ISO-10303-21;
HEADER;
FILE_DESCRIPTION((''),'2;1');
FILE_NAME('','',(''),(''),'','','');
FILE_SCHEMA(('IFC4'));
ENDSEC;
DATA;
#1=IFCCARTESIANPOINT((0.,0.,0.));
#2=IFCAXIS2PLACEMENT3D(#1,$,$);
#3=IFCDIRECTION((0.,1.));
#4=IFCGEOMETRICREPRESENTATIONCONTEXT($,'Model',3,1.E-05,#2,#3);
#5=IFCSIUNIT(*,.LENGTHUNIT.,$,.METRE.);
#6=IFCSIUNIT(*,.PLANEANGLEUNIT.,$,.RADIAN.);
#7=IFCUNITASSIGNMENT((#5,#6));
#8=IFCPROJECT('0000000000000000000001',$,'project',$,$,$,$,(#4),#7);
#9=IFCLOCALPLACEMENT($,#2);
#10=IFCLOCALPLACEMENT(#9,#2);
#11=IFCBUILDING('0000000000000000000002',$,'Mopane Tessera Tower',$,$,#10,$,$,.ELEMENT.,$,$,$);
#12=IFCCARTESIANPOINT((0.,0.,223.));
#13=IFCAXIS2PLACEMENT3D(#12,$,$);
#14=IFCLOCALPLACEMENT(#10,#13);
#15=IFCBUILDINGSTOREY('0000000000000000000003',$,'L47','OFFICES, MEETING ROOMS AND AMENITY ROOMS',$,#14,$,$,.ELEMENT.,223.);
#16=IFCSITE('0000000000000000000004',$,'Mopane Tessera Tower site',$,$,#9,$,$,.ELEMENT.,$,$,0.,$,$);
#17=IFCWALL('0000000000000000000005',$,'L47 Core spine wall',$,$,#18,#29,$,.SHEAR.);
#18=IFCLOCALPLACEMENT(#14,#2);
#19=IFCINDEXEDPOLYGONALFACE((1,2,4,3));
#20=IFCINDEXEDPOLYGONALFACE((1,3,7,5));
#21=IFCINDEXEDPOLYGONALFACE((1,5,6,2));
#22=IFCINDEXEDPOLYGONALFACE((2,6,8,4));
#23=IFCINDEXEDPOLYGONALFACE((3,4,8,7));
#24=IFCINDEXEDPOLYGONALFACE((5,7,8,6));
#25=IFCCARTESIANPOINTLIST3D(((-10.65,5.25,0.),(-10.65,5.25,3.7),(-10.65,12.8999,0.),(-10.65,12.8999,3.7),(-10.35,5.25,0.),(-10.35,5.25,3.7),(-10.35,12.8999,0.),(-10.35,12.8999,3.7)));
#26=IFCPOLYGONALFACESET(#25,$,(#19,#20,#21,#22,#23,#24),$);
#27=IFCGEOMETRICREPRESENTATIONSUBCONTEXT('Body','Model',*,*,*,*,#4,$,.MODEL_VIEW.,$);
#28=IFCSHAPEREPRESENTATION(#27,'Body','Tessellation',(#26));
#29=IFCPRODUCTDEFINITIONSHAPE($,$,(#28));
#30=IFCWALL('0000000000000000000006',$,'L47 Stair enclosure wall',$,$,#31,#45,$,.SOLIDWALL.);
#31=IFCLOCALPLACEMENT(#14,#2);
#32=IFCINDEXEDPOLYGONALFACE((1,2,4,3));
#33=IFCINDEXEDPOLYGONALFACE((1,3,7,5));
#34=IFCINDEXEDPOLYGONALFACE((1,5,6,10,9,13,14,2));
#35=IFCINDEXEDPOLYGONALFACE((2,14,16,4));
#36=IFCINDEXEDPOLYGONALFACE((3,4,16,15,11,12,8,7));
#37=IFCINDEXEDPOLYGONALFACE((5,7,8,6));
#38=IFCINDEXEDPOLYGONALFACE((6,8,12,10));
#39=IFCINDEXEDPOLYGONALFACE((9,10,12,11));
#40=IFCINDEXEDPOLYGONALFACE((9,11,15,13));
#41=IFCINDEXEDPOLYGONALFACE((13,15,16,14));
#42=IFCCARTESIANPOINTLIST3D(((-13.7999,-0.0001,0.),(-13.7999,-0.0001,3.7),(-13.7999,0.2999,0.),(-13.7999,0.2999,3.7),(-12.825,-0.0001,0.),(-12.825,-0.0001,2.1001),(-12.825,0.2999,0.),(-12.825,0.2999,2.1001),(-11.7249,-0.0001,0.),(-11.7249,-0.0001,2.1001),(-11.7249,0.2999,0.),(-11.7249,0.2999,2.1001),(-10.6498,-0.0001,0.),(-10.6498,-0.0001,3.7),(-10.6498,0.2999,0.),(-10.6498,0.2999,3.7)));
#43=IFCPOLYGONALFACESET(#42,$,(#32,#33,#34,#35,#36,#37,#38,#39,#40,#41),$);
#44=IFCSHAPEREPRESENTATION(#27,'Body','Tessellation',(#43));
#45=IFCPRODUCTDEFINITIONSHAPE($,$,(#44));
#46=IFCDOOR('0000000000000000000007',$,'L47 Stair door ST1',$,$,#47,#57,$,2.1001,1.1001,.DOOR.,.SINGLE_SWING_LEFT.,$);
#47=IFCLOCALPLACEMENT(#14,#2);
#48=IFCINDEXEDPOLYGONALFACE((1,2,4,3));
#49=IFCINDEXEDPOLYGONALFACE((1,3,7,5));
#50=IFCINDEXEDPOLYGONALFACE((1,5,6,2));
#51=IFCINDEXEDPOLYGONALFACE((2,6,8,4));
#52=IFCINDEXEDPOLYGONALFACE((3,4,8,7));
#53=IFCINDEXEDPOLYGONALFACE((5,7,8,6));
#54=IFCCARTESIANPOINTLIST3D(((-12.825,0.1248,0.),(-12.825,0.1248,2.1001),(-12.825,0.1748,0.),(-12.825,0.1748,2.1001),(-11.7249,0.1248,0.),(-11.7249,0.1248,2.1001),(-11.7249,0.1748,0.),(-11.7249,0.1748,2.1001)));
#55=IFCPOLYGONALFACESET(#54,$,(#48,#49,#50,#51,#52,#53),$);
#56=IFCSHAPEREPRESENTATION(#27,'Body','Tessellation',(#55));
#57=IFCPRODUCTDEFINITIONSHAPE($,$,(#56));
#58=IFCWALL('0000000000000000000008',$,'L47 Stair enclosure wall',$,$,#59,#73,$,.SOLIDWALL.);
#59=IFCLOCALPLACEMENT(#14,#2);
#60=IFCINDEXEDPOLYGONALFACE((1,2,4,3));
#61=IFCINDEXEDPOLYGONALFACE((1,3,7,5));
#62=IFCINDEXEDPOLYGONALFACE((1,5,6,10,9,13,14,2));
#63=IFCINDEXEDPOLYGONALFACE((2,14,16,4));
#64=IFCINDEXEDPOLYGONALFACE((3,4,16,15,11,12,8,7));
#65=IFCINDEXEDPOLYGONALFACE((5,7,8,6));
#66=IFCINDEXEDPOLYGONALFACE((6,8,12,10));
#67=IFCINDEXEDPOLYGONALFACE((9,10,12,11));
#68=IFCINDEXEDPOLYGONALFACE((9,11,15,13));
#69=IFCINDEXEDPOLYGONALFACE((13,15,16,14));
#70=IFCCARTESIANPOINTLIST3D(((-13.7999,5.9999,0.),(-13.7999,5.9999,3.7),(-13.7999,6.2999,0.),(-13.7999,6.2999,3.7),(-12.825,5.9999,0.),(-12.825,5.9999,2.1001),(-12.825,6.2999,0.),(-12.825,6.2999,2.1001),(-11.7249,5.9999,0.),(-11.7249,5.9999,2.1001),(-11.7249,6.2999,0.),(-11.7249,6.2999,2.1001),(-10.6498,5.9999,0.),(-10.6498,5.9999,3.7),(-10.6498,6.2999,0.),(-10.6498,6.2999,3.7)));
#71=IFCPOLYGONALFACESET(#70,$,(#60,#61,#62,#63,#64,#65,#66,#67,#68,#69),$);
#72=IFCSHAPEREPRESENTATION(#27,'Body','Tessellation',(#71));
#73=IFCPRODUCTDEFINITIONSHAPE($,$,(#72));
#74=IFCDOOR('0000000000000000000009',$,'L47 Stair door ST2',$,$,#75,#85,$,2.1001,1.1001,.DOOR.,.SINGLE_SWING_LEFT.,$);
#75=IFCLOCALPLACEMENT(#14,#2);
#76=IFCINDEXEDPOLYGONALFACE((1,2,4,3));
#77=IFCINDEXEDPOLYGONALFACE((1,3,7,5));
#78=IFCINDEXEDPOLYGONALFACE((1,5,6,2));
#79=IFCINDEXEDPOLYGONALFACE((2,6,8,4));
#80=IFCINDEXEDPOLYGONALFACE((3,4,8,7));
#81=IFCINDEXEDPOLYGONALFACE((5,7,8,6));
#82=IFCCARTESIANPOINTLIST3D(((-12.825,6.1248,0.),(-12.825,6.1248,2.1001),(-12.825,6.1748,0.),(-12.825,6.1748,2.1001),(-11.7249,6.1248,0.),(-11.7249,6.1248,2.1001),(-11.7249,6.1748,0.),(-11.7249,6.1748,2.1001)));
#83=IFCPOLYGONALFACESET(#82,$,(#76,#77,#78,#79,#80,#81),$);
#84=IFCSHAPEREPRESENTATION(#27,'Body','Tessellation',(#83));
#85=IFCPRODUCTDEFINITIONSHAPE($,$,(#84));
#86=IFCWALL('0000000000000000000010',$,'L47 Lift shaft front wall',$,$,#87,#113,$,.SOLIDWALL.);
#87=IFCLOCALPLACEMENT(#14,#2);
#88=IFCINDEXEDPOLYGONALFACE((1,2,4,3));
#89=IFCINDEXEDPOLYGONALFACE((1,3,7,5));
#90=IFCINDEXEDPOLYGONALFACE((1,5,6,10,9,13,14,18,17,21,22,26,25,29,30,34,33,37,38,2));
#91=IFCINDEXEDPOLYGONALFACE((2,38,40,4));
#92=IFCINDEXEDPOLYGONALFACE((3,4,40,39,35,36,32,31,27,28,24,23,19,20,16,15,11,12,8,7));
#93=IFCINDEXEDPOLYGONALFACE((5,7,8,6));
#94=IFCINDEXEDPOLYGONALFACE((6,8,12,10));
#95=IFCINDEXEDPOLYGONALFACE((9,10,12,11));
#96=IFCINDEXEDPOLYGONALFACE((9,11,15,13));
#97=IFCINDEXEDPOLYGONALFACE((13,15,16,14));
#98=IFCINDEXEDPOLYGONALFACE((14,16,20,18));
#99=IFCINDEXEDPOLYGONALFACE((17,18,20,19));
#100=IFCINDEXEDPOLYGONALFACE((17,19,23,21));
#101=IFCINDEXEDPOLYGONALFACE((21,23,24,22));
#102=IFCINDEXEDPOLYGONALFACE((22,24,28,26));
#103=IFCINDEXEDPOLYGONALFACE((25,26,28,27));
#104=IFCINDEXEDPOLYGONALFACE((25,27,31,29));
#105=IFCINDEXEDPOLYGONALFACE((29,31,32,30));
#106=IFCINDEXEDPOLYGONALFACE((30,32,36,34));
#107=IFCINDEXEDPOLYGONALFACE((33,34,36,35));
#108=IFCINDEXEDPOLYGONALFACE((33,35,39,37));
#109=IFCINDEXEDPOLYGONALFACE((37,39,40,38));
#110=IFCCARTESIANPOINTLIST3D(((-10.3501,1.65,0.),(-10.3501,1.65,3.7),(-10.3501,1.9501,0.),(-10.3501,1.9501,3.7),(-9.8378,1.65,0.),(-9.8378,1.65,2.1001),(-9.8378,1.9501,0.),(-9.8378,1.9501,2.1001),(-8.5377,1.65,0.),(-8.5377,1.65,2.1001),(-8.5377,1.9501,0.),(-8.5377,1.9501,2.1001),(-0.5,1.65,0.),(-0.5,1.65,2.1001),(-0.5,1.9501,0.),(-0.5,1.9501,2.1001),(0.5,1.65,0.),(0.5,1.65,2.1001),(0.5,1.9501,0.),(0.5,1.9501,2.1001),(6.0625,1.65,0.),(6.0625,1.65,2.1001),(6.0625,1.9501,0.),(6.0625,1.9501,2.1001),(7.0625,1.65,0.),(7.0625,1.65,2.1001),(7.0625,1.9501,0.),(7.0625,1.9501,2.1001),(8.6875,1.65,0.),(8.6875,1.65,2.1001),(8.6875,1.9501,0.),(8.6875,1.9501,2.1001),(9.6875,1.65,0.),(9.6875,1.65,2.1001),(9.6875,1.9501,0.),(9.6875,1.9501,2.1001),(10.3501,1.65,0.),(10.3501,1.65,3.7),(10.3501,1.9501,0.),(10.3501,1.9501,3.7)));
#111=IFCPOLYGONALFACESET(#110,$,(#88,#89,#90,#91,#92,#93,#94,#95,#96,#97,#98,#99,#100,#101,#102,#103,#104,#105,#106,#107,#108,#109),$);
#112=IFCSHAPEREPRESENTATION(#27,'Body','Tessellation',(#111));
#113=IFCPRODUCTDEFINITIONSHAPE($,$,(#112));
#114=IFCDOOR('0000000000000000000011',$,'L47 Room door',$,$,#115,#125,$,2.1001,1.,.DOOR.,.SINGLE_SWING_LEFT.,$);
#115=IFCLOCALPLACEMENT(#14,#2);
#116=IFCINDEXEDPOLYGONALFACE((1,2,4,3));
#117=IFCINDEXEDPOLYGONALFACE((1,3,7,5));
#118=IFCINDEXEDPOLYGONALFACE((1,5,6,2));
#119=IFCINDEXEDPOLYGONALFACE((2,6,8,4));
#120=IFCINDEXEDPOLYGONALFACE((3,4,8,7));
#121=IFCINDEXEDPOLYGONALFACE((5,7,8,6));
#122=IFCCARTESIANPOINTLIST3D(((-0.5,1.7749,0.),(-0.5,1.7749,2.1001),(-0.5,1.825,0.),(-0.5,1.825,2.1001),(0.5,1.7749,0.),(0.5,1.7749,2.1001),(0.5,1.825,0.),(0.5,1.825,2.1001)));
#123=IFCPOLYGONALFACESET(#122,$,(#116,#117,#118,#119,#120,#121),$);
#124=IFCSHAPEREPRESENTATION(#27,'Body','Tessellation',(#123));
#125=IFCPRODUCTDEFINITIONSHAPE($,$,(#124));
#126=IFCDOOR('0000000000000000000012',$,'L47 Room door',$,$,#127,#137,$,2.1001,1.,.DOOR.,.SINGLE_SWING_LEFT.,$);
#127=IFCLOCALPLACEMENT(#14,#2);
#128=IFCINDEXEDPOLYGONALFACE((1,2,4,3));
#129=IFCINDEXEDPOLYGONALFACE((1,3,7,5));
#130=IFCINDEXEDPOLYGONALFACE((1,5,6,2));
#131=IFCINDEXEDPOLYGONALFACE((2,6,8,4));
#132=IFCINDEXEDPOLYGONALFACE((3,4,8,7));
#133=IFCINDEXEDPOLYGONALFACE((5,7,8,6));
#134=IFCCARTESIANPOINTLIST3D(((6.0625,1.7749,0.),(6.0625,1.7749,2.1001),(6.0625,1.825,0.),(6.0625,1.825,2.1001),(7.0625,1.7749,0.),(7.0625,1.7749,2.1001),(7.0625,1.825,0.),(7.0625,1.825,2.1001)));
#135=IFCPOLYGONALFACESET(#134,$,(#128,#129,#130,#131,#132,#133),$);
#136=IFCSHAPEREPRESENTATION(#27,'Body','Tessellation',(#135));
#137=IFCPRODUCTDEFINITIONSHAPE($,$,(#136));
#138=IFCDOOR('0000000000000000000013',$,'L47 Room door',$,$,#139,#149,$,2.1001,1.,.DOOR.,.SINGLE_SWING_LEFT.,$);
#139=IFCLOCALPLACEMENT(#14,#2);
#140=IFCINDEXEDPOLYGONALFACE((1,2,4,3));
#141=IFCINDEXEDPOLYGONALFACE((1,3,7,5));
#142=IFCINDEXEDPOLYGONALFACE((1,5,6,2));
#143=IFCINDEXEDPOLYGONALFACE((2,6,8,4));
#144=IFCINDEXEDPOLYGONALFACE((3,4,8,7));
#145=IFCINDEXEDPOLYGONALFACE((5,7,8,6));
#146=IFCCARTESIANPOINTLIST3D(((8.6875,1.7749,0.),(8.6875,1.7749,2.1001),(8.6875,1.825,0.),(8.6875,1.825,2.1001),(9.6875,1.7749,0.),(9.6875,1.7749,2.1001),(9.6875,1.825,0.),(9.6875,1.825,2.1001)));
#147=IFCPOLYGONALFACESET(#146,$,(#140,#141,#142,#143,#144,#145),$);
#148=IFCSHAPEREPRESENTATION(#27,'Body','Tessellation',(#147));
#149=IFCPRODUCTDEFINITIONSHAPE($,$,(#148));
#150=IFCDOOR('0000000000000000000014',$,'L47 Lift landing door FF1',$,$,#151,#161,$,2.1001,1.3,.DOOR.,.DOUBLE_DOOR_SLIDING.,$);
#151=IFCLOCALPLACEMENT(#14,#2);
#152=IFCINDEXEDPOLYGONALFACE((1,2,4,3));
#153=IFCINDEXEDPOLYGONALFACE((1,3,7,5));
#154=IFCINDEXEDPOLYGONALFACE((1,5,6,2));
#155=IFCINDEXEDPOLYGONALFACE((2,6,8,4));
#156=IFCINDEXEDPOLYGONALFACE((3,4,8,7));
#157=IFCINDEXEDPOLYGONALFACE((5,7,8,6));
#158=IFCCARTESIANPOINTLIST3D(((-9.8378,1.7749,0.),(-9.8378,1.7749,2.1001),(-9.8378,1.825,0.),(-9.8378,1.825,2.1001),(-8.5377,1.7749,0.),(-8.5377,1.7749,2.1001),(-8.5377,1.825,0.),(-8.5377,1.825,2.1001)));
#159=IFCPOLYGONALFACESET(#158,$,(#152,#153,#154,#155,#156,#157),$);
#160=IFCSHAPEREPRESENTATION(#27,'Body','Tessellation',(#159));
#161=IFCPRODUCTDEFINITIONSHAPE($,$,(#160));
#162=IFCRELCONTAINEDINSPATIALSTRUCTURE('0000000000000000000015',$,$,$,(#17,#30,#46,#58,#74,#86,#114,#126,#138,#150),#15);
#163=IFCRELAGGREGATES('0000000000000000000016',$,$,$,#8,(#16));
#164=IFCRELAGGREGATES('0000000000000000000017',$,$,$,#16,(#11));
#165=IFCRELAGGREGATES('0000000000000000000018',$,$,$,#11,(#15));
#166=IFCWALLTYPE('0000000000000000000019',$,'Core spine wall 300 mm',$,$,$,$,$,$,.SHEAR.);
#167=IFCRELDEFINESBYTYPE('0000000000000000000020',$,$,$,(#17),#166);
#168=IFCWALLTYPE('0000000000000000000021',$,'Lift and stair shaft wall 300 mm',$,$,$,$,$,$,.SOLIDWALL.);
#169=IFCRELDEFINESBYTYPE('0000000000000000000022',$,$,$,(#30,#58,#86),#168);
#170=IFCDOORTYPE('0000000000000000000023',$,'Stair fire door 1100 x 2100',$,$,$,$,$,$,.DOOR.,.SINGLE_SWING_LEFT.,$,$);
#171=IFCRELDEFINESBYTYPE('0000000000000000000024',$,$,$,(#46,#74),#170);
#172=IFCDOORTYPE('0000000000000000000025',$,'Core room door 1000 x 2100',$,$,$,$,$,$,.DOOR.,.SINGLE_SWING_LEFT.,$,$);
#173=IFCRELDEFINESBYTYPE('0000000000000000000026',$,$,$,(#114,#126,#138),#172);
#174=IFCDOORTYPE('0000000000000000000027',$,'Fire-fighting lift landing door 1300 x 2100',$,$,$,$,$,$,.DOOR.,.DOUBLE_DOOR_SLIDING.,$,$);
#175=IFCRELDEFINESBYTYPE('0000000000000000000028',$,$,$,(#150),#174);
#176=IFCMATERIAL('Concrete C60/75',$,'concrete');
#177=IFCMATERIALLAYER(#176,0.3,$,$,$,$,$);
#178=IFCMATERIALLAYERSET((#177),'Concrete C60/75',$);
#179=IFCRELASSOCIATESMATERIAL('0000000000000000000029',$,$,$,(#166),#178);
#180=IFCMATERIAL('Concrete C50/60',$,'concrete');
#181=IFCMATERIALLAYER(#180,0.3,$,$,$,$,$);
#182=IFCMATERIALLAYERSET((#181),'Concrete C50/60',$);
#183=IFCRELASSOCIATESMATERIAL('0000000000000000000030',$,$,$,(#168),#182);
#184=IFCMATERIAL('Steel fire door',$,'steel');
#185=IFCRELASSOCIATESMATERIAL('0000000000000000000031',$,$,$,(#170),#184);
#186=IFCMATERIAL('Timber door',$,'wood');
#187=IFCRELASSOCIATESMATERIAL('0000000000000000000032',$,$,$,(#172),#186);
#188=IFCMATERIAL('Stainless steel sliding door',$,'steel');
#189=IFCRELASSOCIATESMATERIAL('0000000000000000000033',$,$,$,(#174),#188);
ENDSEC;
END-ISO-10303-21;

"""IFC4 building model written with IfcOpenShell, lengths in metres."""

from ifc_helpers import new_model, si_unit, direction, frame, frame_2d, origin, place, context, subcontext, project, spatial, rectangle, extrude, material, layer, layer_set, type_object, element, fill, save


model = new_model("IFC4")

# Units and contexts
model_context = context("Model", 3, precision=1e-05, world=origin(), true_north=direction((0.0, 1.0)))
body_context = subcontext(model_context, "Body", "Model", "MODEL_VIEW")
ifc_project = project(units=[si_unit("LENGTHUNIT", "METRE"), si_unit("PLANEANGLEUNIT", "RADIAN")], contexts=[model_context])

# Site, building, storey
site_placement = place(None, origin())
site = spatial("IfcSite", under=ifc_project, at=site_placement, Name="Mopane Tessera Tower site", CompositionType="ELEMENT", RefElevation=0.0)
building_placement = place(site_placement, origin())
building = spatial("IfcBuilding", under=site, at=building_placement, Name="Mopane Tessera Tower", CompositionType="ELEMENT")
storey_placement = place(building_placement, frame((0.0, 0.0, 223.0)))
storey = spatial("IfcBuildingStorey", under=building, at=storey_placement, Name="L47", Description="OFFICES, MEETING ROOMS AND AMENITY ROOMS", CompositionType="ELEMENT", Elevation=223.0)

# Wall
ifc_material_1 = material(Name="Concrete C60/75", Category="concrete")
ifc_layer_1 = layer(ifc_material_1, 0.3)
ifc_layer_set_1 = layer_set([ifc_layer_1], Name="Concrete C60/75")
wall_type_1 = type_object("IfcWallType", Name="Core spine wall 300 mm", PredefinedType="SHEAR", material=ifc_layer_set_1)
wall_1_placement = place(storey_placement, frame((-10.5, 5.25, 0.0), z_axis=(0.0, 0.0, 1.0), x_axis=(0.0, 1.0, 0.0)))
element("IfcWall", 1, at=wall_1_placement, inside=storey, type_object=wall_type_1, Name="L47 Core spine wall", PredefinedType="SHEAR", context=body_context, shape_type="SweptSolid", body=[
    extrude(rectangle(XDim=7.6499, YDim=0.3, at=frame_2d((3.825, 0.0))), origin(), (0.0, 0.0, 1.0), 3.7),
])

# Walls, openings, doors
ifc_material_2 = material(Name="Concrete C50/60", Category="concrete")
ifc_layer_2 = layer(ifc_material_2, 0.3)
ifc_layer_set_2 = layer_set([ifc_layer_2], Name="Concrete C50/60")
wall_type_2 = type_object("IfcWallType", Name="Lift and stair shaft wall 300 mm", PredefinedType="SOLIDWALL", material=ifc_layer_set_2)
wall_2_placement = place(storey_placement, frame((-13.8, 0.1499, 0.0), z_axis=(0.0, 0.0, 1.0), x_axis=(1.0, 0.0, 0.0)))
wall_2 = element("IfcWall", 2, at=wall_2_placement, inside=storey, type_object=wall_type_2, Name="L47 Stair enclosure wall", PredefinedType="SOLIDWALL", context=body_context, shape_type="SweptSolid", body=[
    extrude(rectangle(XDim=3.1501, YDim=0.3, at=frame_2d((1.5752, 0.0))), origin(), (0.0, 0.0, 1.0), 3.7),
])
opening_1_placement = place(wall_2_placement, frame((0.9751, 0.0, 0.0)))
opening_1 = element("IfcOpeningElement", 3, at=opening_1_placement, cuts=wall_2, PredefinedType="OPENING", context=body_context, shape_type="SweptSolid", body=[
    extrude(rectangle(XDim=1.1001, YDim=2.1001, at=frame_2d((0.55, 1.05))), frame((0.0, 0.1621, 0.0), z_axis=(0.0, -1.0, 0.0), x_axis=(1.0, 0.0, 0.0)), (0.0, 0.0, 1.0), 0.324),
])
ifc_material_3 = material(Name="Steel fire door", Category="steel")
door_type_1 = type_object("IfcDoorType", Name="Stair fire door 1100 x 2100", OperationType="SINGLE_SWING_LEFT", PredefinedType="DOOR", material=ifc_material_3)
door_1_placement = place(opening_1_placement, origin())
door_1 = element("IfcDoor", 4, at=door_1_placement, inside=storey, type_object=door_type_1, Name="L47 Stair door ST1", OperationType="SINGLE_SWING_LEFT", OverallHeight=2.1001, OverallWidth=1.1001, PredefinedType="DOOR", context=body_context, shape_type="SweptSolid", body=[
    extrude(rectangle(XDim=1.1001, YDim=2.1001, at=frame_2d((0.55, 1.05))), frame((0.0, 0.0249, 0.0), z_axis=(0.0, -1.0, 0.0), x_axis=(1.0, 0.0, 0.0)), (0.0, 0.0, 1.0), 0.05),
])
fill(opening_1, door_1)
wall_3_placement = place(storey_placement, frame((-13.8, 6.1499, 0.0), z_axis=(0.0, 0.0, 1.0), x_axis=(1.0, 0.0, 0.0)))
wall_3 = element("IfcWall", 5, at=wall_3_placement, inside=storey, type_object=wall_type_2, Name="L47 Stair enclosure wall", PredefinedType="SOLIDWALL", context=body_context, shape_type="SweptSolid", body=[
    extrude(rectangle(XDim=3.1501, YDim=0.3, at=frame_2d((1.5752, 0.0))), origin(), (0.0, 0.0, 1.0), 3.7),
])
opening_2_placement = place(wall_3_placement, frame((0.9751, 0.0, 0.0)))
opening_2 = element("IfcOpeningElement", 6, at=opening_2_placement, cuts=wall_3, PredefinedType="OPENING", context=body_context, shape_type="SweptSolid", body=[
    extrude(rectangle(XDim=1.1001, YDim=2.1001, at=frame_2d((0.55, 1.05))), frame((0.0, 0.1621, 0.0), z_axis=(0.0, -1.0, 0.0), x_axis=(1.0, 0.0, 0.0)), (0.0, 0.0, 1.0), 0.324),
])
door_2_placement = place(opening_2_placement, origin())
door_2 = element("IfcDoor", 7, at=door_2_placement, inside=storey, type_object=door_type_1, Name="L47 Stair door ST2", OperationType="SINGLE_SWING_LEFT", OverallHeight=2.1001, OverallWidth=1.1001, PredefinedType="DOOR", context=body_context, shape_type="SweptSolid", body=[
    extrude(rectangle(XDim=1.1001, YDim=2.1001, at=frame_2d((0.55, 1.05))), frame((0.0, 0.0249, 0.0), z_axis=(0.0, -1.0, 0.0), x_axis=(1.0, 0.0, 0.0)), (0.0, 0.0, 1.0), 0.05),
])
fill(opening_2, door_2)

# Wall, openings, doors
wall_4_placement = place(storey_placement, frame((-10.3501, 1.8, 0.0), z_axis=(0.0, 0.0, 1.0), x_axis=(1.0, 0.0, 0.0)))
wall_4 = element("IfcWall", 8, at=wall_4_placement, inside=storey, type_object=wall_type_2, Name="L47 Lift shaft front wall", PredefinedType="SOLIDWALL", context=body_context, shape_type="SweptSolid", body=[
    extrude(rectangle(XDim=20.7002, YDim=0.3, at=frame_2d((10.3501, 0.0))), origin(), (0.0, 0.0, 1.0), 3.7),
])
opening_3_placement = place(wall_4_placement, frame((0.5125, 0.0, 0.0)))
opening_3 = element("IfcOpeningElement", 9, at=opening_3_placement, cuts=wall_4, PredefinedType="OPENING", context=body_context, shape_type="SweptSolid", body=[
    extrude(rectangle(XDim=1.3, YDim=2.1001, at=frame_2d((0.6499, 1.05))), frame((0.0, 0.1621, 0.0), z_axis=(0.0, -1.0, 0.0), x_axis=(1.0, 0.0, 0.0)), (0.0, 0.0, 1.0), 0.324),
])
opening_4_placement = place(wall_4_placement, frame((9.8501, 0.0, 0.0)))
opening_4 = element("IfcOpeningElement", 10, at=opening_4_placement, cuts=wall_4, PredefinedType="OPENING", context=body_context, shape_type="SweptSolid", body=[
    extrude(rectangle(XDim=1.0, YDim=2.1001, at=frame_2d((0.5, 1.05))), frame((0.0, 0.1621, 0.0), z_axis=(0.0, -1.0, 0.0), x_axis=(1.0, 0.0, 0.0)), (0.0, 0.0, 1.0), 0.324),
])
opening_5_placement = place(wall_4_placement, frame((16.4126, 0.0, 0.0)))
opening_5 = element("IfcOpeningElement", 11, at=opening_5_placement, cuts=wall_4, PredefinedType="OPENING", context=body_context, shape_type="SweptSolid", body=[
    extrude(rectangle(XDim=1.0, YDim=2.1001, at=frame_2d((0.5, 1.05))), frame((0.0, 0.1621, 0.0), z_axis=(0.0, -1.0, 0.0), x_axis=(1.0, 0.0, 0.0)), (0.0, 0.0, 1.0), 0.324),
])
opening_6_placement = place(wall_4_placement, frame((19.0376, 0.0, 0.0)))
opening_6 = element("IfcOpeningElement", 12, at=opening_6_placement, cuts=wall_4, PredefinedType="OPENING", context=body_context, shape_type="SweptSolid", body=[
    extrude(rectangle(XDim=1.0, YDim=2.1001, at=frame_2d((0.5, 1.05))), frame((0.0, 0.1621, 0.0), z_axis=(0.0, -1.0, 0.0), x_axis=(1.0, 0.0, 0.0)), (0.0, 0.0, 1.0), 0.324),
])
ifc_material_4 = material(Name="Timber door", Category="wood")
door_type_2 = type_object("IfcDoorType", Name="Core room door 1000 x 2100", OperationType="SINGLE_SWING_LEFT", PredefinedType="DOOR", material=ifc_material_4)
door_3_placement = place(opening_4_placement, origin())
door_3 = element("IfcDoor", 13, at=door_3_placement, inside=storey, type_object=door_type_2, Name="L47 Room door", OperationType="SINGLE_SWING_LEFT", OverallHeight=2.1001, OverallWidth=1.0, PredefinedType="DOOR", context=body_context, shape_type="SweptSolid", body=[
    extrude(rectangle(XDim=1.0, YDim=2.1001, at=frame_2d((0.5, 1.05))), frame((0.0, 0.0249, 0.0), z_axis=(0.0, -1.0, 0.0), x_axis=(1.0, 0.0, 0.0)), (0.0, 0.0, 1.0), 0.05),
])
fill(opening_4, door_3)
door_4_placement = place(opening_5_placement, origin())
door_4 = element("IfcDoor", 14, at=door_4_placement, inside=storey, type_object=door_type_2, Name="L47 Room door", OperationType="SINGLE_SWING_LEFT", OverallHeight=2.1001, OverallWidth=1.0, PredefinedType="DOOR", context=body_context, shape_type="SweptSolid", body=[
    extrude(rectangle(XDim=1.0, YDim=2.1001, at=frame_2d((0.5, 1.05))), frame((0.0, 0.0249, 0.0), z_axis=(0.0, -1.0, 0.0), x_axis=(1.0, 0.0, 0.0)), (0.0, 0.0, 1.0), 0.05),
])
fill(opening_5, door_4)
door_5_placement = place(opening_6_placement, origin())
door_5 = element("IfcDoor", 15, at=door_5_placement, inside=storey, type_object=door_type_2, Name="L47 Room door", OperationType="SINGLE_SWING_LEFT", OverallHeight=2.1001, OverallWidth=1.0, PredefinedType="DOOR", context=body_context, shape_type="SweptSolid", body=[
    extrude(rectangle(XDim=1.0, YDim=2.1001, at=frame_2d((0.5, 1.05))), frame((0.0, 0.0249, 0.0), z_axis=(0.0, -1.0, 0.0), x_axis=(1.0, 0.0, 0.0)), (0.0, 0.0, 1.0), 0.05),
])
fill(opening_6, door_5)
ifc_material_5 = material(Name="Stainless steel sliding door", Category="steel")
door_type_3 = type_object("IfcDoorType", Name="Fire-fighting lift landing door 1300 x 2100", OperationType="DOUBLE_DOOR_SLIDING", PredefinedType="DOOR", material=ifc_material_5)
door_6_placement = place(opening_3_placement, origin())
door_6 = element("IfcDoor", 16, at=door_6_placement, inside=storey, type_object=door_type_3, Name="L47 Lift landing door FF1", OperationType="DOUBLE_DOOR_SLIDING", OverallHeight=2.1001, OverallWidth=1.3, PredefinedType="DOOR", context=body_context, shape_type="SweptSolid", body=[
    extrude(rectangle(XDim=1.3, YDim=2.1001, at=frame_2d((0.6499, 1.05))), frame((0.0, 0.0249, 0.0), z_axis=(0.0, -1.0, 0.0), x_axis=(1.0, 0.0, 0.0)), (0.0, 0.0, 1.0), 0.05),
])
fill(opening_3, door_6)

save(model, "model.ifc")
